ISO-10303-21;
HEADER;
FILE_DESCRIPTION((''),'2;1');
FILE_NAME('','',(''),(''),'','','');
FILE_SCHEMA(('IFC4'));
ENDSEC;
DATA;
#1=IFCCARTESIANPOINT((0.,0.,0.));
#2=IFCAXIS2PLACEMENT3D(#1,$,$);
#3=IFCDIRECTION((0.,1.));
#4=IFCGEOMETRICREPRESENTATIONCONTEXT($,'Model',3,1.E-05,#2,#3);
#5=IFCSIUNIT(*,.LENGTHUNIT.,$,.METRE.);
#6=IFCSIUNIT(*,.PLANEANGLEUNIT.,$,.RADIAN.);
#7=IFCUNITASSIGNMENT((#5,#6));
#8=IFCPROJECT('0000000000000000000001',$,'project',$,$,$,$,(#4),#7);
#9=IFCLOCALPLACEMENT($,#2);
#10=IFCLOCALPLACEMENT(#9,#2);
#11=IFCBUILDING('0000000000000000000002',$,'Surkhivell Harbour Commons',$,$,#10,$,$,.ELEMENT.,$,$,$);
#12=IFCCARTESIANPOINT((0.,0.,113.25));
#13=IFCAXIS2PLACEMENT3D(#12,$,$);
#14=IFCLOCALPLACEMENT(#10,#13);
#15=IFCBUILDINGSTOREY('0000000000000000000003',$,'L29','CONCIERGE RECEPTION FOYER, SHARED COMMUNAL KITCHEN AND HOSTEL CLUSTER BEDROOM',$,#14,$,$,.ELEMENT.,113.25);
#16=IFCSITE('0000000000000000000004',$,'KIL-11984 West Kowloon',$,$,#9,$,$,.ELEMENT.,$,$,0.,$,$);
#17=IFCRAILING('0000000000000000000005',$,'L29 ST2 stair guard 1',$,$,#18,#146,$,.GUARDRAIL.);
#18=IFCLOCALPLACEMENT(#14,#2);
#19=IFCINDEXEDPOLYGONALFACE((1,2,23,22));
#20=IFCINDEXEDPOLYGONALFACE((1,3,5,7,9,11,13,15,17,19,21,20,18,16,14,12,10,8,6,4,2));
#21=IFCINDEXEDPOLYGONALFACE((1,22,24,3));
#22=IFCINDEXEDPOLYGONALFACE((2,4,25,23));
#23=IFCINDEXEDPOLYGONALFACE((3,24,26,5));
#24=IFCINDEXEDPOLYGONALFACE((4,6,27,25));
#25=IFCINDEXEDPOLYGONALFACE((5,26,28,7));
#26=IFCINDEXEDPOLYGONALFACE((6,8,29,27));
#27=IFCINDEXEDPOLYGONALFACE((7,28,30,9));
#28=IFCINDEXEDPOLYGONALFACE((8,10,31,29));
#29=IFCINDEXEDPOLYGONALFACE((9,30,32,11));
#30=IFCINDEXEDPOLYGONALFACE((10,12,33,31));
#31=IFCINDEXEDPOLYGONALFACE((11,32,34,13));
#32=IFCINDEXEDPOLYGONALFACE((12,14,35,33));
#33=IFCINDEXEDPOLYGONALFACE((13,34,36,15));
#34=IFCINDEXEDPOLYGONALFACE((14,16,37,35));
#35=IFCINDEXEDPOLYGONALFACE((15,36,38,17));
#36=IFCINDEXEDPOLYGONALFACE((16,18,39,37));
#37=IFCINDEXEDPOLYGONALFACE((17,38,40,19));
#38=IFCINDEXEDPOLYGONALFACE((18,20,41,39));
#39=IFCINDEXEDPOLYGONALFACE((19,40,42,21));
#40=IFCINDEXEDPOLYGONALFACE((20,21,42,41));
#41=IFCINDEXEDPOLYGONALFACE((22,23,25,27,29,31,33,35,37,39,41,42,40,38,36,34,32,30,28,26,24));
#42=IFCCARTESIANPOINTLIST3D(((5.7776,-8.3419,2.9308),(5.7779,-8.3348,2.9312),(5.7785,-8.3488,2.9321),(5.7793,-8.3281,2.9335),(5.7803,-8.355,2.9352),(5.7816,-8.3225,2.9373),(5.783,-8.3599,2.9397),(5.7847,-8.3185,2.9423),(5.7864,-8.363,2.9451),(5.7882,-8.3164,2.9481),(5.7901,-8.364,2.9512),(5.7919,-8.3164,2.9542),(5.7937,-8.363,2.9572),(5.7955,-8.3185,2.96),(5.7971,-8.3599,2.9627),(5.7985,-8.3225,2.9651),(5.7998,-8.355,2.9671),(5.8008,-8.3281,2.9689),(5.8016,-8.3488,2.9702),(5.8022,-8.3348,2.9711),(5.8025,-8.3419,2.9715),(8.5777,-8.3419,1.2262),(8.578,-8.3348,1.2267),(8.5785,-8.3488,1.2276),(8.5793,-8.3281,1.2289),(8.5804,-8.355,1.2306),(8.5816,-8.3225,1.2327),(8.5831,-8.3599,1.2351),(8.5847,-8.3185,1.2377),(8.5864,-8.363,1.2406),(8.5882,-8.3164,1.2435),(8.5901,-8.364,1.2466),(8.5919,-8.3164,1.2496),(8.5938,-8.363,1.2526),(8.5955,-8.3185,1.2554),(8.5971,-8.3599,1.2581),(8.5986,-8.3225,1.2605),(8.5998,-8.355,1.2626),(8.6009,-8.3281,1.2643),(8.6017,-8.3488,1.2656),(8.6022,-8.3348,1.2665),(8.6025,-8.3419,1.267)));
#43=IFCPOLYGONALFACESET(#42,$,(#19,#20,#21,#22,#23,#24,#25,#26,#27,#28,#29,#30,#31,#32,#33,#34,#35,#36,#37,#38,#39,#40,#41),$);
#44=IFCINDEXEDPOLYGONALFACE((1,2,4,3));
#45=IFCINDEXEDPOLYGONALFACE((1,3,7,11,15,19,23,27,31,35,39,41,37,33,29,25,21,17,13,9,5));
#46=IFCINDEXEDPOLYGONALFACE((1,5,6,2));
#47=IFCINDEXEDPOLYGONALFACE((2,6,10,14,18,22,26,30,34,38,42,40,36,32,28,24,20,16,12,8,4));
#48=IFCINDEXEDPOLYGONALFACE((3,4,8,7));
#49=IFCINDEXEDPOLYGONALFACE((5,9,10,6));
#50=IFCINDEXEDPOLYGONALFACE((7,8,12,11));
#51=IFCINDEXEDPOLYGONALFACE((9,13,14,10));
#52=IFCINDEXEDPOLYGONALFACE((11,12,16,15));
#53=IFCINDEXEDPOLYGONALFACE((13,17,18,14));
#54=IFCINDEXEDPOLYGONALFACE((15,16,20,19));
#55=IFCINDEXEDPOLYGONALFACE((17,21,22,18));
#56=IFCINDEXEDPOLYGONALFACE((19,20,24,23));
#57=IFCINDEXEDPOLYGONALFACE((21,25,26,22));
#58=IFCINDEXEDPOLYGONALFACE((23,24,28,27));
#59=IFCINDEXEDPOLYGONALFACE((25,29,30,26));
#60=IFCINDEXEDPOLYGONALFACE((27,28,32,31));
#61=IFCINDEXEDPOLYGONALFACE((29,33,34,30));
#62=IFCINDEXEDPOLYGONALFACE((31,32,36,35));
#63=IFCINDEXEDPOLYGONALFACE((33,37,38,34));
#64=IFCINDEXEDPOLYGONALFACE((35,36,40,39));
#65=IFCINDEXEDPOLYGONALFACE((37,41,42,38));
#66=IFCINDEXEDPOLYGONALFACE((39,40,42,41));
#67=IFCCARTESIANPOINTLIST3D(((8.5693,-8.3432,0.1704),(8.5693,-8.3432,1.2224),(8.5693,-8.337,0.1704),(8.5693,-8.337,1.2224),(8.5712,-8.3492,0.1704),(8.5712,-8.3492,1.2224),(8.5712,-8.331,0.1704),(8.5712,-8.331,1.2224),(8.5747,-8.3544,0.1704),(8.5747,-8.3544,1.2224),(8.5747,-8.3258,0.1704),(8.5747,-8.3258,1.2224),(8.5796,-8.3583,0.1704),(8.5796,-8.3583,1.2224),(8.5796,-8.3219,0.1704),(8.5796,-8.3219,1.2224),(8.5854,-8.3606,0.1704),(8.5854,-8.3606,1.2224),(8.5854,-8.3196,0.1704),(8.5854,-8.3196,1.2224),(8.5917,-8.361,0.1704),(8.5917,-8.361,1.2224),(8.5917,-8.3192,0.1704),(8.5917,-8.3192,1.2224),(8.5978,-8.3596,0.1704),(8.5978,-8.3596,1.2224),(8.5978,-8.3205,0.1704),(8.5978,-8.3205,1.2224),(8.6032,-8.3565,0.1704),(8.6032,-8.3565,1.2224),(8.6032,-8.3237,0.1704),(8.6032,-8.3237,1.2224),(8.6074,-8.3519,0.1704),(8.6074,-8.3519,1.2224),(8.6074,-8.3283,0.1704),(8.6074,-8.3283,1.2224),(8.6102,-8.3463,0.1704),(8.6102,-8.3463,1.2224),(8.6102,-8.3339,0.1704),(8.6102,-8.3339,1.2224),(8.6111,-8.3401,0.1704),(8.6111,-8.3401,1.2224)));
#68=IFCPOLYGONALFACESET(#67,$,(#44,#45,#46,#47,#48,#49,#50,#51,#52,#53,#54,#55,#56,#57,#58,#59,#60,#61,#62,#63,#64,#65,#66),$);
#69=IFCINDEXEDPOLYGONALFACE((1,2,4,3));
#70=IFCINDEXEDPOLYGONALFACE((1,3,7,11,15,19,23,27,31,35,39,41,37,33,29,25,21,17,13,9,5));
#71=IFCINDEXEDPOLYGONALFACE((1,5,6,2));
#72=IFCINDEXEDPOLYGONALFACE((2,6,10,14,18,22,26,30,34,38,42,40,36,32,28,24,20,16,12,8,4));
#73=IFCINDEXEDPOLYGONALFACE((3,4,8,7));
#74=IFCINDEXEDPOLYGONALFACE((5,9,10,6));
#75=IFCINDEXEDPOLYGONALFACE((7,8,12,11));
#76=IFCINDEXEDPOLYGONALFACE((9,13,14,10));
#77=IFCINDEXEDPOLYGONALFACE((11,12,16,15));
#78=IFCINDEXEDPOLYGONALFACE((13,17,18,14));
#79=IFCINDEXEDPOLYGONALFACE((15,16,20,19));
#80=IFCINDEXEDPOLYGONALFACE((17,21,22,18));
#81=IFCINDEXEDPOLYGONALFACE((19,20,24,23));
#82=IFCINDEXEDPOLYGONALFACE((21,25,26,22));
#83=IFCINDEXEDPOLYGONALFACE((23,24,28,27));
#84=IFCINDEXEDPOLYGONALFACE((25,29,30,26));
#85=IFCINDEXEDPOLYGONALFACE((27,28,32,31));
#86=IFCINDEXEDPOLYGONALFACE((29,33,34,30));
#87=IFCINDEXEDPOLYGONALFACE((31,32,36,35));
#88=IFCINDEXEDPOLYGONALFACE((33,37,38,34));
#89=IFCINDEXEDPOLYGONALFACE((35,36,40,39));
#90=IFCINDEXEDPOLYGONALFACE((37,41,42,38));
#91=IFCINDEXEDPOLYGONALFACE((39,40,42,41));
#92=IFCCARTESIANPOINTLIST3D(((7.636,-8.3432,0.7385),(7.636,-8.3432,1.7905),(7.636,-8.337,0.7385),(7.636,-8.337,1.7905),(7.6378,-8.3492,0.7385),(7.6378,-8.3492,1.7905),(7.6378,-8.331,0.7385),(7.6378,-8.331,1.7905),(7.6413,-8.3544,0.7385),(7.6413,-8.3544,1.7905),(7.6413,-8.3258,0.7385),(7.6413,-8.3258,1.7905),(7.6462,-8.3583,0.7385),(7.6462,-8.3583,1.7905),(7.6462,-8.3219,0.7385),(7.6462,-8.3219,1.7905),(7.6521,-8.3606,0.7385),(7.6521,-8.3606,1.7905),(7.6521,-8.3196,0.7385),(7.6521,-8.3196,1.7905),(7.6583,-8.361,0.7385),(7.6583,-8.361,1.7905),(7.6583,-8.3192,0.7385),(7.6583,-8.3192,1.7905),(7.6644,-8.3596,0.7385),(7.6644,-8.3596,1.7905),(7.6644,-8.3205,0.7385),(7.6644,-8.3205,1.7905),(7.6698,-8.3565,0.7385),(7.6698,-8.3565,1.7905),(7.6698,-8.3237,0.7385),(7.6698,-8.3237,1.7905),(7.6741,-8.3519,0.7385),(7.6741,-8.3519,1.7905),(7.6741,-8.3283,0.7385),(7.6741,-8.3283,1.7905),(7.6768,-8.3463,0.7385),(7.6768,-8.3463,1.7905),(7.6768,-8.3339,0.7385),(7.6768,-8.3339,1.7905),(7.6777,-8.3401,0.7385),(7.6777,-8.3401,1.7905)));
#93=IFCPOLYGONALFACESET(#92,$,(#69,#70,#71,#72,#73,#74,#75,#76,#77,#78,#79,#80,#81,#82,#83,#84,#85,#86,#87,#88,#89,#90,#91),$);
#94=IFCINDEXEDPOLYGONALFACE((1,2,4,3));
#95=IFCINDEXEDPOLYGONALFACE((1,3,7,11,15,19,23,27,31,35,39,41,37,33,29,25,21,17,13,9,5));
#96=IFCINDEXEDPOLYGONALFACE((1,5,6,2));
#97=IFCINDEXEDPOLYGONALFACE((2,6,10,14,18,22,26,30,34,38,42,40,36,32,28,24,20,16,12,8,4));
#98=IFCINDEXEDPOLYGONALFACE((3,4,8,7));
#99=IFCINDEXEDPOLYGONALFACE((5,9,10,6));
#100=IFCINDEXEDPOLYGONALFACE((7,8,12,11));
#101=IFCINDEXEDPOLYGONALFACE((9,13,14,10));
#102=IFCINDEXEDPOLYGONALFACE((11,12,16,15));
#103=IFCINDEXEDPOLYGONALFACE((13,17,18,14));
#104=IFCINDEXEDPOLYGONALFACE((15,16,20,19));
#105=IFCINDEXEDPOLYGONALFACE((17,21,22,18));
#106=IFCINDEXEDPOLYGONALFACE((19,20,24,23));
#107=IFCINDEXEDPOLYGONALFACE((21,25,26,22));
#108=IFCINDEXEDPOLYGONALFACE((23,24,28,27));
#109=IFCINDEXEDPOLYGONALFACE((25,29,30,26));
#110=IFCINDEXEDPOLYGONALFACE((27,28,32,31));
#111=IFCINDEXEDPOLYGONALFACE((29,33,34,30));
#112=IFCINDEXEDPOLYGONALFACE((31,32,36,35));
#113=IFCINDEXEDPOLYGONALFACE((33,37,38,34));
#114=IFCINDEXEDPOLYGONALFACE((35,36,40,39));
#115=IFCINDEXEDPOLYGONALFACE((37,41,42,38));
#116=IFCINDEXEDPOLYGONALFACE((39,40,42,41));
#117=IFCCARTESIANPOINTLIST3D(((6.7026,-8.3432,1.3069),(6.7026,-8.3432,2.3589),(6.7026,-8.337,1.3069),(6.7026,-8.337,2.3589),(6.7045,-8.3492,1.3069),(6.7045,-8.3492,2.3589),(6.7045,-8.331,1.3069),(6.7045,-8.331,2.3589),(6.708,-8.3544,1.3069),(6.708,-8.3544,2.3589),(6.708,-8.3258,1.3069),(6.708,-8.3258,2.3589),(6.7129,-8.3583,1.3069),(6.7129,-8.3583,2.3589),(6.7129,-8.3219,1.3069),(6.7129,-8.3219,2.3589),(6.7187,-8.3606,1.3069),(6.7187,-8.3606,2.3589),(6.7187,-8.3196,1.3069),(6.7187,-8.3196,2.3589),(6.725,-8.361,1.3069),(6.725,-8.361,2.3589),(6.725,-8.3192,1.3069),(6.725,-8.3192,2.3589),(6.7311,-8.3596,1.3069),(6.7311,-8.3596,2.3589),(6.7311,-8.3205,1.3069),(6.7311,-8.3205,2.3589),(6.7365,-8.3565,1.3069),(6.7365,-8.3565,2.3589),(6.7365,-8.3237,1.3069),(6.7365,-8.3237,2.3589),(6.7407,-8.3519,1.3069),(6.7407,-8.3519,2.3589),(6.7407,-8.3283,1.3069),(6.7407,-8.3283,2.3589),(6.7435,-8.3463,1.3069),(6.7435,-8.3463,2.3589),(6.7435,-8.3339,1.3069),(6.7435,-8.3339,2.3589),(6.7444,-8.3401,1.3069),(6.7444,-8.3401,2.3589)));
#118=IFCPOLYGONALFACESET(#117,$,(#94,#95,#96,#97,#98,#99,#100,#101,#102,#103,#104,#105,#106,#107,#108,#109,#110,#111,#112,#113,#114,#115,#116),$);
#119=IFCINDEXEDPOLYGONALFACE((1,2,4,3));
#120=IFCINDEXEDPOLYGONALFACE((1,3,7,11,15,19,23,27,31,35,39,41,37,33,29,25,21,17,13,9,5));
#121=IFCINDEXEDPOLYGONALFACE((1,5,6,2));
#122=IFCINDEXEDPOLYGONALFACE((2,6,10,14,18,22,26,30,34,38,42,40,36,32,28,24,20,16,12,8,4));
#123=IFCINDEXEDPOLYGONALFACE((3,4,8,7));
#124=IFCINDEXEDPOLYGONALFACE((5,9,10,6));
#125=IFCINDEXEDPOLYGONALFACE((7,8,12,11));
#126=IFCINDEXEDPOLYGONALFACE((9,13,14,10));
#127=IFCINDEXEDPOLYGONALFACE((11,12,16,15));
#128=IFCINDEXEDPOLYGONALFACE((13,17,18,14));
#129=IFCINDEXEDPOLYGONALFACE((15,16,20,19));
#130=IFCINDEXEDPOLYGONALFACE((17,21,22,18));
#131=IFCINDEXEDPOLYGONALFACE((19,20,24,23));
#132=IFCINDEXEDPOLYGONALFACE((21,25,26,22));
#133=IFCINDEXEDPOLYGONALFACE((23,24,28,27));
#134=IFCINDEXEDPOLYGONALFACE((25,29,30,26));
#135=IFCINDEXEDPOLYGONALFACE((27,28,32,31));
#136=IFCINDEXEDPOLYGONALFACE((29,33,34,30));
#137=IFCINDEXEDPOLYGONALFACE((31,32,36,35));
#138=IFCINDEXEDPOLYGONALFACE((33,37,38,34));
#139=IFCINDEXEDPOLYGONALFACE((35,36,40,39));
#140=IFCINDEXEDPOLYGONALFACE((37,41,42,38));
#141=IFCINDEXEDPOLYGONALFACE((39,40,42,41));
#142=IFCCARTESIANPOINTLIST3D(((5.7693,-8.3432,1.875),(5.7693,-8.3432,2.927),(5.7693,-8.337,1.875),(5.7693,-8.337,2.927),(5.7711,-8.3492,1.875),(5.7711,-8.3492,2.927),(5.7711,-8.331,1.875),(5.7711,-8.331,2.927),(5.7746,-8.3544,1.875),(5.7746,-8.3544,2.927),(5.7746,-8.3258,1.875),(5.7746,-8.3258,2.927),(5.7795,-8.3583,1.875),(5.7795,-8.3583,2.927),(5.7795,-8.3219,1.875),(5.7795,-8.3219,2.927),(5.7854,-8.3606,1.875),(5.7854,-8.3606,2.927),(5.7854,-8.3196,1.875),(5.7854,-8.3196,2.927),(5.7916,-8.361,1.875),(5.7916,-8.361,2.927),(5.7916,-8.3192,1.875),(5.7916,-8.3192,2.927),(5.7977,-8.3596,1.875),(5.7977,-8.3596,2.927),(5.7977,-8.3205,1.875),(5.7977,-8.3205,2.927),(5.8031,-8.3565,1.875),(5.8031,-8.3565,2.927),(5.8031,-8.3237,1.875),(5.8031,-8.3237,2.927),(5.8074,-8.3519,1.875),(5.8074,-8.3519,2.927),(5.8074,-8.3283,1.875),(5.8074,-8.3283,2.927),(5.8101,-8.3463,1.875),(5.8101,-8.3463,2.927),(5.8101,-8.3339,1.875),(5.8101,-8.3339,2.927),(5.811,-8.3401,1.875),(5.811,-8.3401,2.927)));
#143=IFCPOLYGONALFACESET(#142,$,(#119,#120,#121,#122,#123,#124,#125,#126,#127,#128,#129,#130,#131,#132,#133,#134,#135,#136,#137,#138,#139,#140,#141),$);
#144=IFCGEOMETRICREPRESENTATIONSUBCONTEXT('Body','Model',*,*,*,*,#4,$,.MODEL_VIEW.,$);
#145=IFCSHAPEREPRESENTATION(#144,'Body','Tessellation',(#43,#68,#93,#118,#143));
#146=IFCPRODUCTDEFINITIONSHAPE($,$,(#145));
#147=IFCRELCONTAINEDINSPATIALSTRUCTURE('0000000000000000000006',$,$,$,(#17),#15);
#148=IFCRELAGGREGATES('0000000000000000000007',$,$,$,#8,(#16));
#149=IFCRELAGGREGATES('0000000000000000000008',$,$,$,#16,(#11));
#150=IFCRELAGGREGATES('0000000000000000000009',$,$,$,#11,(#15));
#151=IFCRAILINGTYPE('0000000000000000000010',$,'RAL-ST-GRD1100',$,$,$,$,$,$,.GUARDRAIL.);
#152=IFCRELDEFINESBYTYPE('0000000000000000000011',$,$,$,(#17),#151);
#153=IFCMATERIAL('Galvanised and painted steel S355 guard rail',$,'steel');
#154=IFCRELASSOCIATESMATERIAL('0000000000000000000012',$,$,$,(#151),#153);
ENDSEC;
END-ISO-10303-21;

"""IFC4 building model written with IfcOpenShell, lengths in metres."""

from ifc_helpers import new_model, si_unit, direction, frame, origin, origin_2d, place, context, subcontext, project, spatial, circle, extrude, material, type_object, element, save


model = new_model("IFC4")

# Units and contexts
model_context = context("Model", 3, precision=1e-05, world=origin(), true_north=direction((0.0, 1.0)))
body_context = subcontext(model_context, "Body", "Model", "MODEL_VIEW")
ifc_project = project(units=[si_unit("LENGTHUNIT", "METRE"), si_unit("PLANEANGLEUNIT", "RADIAN")], contexts=[model_context])

# Site, building, storey
site_placement = place(None, origin())
site = spatial("IfcSite", under=ifc_project, at=site_placement, Name="KIL-11984 West Kowloon", CompositionType="ELEMENT", RefElevation=0.0)
building_placement = place(site_placement, origin())
building = spatial("IfcBuilding", under=site, at=building_placement, Name="Surkhivell Harbour Commons", CompositionType="ELEMENT")
storey_placement = place(building_placement, frame((0.0, 0.0, 113.25)))
storey = spatial("IfcBuildingStorey", under=building, at=storey_placement, Name="L29", Description="CONCIERGE RECEPTION FOYER, SHARED COMMUNAL KITCHEN AND HOSTEL CLUSTER BEDROOM", CompositionType="ELEMENT", Elevation=113.25)

# Railing
ifc_material_1 = material(Name="Galvanised and painted steel S355 guard rail", Category="steel")
railing_type = type_object("IfcRailingType", Name="RAL-ST-GRD1100", PredefinedType="GUARDRAIL", material=ifc_material_1)
railing_1_placement = place(storey_placement, frame((8.5901, -8.3401, 0.1704)))
element("IfcRailing", 1, at=railing_1_placement, inside=storey, type_object=railing_type, Name="L29 ST2 stair guard 1", PredefinedType="GUARDRAIL", context=body_context, shape_type="SweptSolid", body=[
    extrude(circle(Radius=0.0239, at=origin_2d()), frame((0.0, 0.0, 1.0762), z_axis=(-0.85417, 0.0, 0.519994), x_axis=(0.0, -1.0, 0.0)), (0.0, 0.0, 1.0), 3.2781),
    extrude(circle(Radius=0.021, at=origin_2d()), origin(), (0.0, 0.0, 1.0), 1.052),
    extrude(circle(Radius=0.021, at=origin_2d()), frame((-0.9333, 0.0, 0.5681)), (0.0, 0.0, 1.0), 1.052),
    extrude(circle(Radius=0.021, at=origin_2d()), frame((-1.8667, 0.0, 1.1365)), (0.0, 0.0, 1.0), 1.052),
    extrude(circle(Radius=0.021, at=origin_2d()), frame((-2.8, 0.0, 1.7046)), (0.0, 0.0, 1.0), 1.052),
])

save(model, "model.ifc")
